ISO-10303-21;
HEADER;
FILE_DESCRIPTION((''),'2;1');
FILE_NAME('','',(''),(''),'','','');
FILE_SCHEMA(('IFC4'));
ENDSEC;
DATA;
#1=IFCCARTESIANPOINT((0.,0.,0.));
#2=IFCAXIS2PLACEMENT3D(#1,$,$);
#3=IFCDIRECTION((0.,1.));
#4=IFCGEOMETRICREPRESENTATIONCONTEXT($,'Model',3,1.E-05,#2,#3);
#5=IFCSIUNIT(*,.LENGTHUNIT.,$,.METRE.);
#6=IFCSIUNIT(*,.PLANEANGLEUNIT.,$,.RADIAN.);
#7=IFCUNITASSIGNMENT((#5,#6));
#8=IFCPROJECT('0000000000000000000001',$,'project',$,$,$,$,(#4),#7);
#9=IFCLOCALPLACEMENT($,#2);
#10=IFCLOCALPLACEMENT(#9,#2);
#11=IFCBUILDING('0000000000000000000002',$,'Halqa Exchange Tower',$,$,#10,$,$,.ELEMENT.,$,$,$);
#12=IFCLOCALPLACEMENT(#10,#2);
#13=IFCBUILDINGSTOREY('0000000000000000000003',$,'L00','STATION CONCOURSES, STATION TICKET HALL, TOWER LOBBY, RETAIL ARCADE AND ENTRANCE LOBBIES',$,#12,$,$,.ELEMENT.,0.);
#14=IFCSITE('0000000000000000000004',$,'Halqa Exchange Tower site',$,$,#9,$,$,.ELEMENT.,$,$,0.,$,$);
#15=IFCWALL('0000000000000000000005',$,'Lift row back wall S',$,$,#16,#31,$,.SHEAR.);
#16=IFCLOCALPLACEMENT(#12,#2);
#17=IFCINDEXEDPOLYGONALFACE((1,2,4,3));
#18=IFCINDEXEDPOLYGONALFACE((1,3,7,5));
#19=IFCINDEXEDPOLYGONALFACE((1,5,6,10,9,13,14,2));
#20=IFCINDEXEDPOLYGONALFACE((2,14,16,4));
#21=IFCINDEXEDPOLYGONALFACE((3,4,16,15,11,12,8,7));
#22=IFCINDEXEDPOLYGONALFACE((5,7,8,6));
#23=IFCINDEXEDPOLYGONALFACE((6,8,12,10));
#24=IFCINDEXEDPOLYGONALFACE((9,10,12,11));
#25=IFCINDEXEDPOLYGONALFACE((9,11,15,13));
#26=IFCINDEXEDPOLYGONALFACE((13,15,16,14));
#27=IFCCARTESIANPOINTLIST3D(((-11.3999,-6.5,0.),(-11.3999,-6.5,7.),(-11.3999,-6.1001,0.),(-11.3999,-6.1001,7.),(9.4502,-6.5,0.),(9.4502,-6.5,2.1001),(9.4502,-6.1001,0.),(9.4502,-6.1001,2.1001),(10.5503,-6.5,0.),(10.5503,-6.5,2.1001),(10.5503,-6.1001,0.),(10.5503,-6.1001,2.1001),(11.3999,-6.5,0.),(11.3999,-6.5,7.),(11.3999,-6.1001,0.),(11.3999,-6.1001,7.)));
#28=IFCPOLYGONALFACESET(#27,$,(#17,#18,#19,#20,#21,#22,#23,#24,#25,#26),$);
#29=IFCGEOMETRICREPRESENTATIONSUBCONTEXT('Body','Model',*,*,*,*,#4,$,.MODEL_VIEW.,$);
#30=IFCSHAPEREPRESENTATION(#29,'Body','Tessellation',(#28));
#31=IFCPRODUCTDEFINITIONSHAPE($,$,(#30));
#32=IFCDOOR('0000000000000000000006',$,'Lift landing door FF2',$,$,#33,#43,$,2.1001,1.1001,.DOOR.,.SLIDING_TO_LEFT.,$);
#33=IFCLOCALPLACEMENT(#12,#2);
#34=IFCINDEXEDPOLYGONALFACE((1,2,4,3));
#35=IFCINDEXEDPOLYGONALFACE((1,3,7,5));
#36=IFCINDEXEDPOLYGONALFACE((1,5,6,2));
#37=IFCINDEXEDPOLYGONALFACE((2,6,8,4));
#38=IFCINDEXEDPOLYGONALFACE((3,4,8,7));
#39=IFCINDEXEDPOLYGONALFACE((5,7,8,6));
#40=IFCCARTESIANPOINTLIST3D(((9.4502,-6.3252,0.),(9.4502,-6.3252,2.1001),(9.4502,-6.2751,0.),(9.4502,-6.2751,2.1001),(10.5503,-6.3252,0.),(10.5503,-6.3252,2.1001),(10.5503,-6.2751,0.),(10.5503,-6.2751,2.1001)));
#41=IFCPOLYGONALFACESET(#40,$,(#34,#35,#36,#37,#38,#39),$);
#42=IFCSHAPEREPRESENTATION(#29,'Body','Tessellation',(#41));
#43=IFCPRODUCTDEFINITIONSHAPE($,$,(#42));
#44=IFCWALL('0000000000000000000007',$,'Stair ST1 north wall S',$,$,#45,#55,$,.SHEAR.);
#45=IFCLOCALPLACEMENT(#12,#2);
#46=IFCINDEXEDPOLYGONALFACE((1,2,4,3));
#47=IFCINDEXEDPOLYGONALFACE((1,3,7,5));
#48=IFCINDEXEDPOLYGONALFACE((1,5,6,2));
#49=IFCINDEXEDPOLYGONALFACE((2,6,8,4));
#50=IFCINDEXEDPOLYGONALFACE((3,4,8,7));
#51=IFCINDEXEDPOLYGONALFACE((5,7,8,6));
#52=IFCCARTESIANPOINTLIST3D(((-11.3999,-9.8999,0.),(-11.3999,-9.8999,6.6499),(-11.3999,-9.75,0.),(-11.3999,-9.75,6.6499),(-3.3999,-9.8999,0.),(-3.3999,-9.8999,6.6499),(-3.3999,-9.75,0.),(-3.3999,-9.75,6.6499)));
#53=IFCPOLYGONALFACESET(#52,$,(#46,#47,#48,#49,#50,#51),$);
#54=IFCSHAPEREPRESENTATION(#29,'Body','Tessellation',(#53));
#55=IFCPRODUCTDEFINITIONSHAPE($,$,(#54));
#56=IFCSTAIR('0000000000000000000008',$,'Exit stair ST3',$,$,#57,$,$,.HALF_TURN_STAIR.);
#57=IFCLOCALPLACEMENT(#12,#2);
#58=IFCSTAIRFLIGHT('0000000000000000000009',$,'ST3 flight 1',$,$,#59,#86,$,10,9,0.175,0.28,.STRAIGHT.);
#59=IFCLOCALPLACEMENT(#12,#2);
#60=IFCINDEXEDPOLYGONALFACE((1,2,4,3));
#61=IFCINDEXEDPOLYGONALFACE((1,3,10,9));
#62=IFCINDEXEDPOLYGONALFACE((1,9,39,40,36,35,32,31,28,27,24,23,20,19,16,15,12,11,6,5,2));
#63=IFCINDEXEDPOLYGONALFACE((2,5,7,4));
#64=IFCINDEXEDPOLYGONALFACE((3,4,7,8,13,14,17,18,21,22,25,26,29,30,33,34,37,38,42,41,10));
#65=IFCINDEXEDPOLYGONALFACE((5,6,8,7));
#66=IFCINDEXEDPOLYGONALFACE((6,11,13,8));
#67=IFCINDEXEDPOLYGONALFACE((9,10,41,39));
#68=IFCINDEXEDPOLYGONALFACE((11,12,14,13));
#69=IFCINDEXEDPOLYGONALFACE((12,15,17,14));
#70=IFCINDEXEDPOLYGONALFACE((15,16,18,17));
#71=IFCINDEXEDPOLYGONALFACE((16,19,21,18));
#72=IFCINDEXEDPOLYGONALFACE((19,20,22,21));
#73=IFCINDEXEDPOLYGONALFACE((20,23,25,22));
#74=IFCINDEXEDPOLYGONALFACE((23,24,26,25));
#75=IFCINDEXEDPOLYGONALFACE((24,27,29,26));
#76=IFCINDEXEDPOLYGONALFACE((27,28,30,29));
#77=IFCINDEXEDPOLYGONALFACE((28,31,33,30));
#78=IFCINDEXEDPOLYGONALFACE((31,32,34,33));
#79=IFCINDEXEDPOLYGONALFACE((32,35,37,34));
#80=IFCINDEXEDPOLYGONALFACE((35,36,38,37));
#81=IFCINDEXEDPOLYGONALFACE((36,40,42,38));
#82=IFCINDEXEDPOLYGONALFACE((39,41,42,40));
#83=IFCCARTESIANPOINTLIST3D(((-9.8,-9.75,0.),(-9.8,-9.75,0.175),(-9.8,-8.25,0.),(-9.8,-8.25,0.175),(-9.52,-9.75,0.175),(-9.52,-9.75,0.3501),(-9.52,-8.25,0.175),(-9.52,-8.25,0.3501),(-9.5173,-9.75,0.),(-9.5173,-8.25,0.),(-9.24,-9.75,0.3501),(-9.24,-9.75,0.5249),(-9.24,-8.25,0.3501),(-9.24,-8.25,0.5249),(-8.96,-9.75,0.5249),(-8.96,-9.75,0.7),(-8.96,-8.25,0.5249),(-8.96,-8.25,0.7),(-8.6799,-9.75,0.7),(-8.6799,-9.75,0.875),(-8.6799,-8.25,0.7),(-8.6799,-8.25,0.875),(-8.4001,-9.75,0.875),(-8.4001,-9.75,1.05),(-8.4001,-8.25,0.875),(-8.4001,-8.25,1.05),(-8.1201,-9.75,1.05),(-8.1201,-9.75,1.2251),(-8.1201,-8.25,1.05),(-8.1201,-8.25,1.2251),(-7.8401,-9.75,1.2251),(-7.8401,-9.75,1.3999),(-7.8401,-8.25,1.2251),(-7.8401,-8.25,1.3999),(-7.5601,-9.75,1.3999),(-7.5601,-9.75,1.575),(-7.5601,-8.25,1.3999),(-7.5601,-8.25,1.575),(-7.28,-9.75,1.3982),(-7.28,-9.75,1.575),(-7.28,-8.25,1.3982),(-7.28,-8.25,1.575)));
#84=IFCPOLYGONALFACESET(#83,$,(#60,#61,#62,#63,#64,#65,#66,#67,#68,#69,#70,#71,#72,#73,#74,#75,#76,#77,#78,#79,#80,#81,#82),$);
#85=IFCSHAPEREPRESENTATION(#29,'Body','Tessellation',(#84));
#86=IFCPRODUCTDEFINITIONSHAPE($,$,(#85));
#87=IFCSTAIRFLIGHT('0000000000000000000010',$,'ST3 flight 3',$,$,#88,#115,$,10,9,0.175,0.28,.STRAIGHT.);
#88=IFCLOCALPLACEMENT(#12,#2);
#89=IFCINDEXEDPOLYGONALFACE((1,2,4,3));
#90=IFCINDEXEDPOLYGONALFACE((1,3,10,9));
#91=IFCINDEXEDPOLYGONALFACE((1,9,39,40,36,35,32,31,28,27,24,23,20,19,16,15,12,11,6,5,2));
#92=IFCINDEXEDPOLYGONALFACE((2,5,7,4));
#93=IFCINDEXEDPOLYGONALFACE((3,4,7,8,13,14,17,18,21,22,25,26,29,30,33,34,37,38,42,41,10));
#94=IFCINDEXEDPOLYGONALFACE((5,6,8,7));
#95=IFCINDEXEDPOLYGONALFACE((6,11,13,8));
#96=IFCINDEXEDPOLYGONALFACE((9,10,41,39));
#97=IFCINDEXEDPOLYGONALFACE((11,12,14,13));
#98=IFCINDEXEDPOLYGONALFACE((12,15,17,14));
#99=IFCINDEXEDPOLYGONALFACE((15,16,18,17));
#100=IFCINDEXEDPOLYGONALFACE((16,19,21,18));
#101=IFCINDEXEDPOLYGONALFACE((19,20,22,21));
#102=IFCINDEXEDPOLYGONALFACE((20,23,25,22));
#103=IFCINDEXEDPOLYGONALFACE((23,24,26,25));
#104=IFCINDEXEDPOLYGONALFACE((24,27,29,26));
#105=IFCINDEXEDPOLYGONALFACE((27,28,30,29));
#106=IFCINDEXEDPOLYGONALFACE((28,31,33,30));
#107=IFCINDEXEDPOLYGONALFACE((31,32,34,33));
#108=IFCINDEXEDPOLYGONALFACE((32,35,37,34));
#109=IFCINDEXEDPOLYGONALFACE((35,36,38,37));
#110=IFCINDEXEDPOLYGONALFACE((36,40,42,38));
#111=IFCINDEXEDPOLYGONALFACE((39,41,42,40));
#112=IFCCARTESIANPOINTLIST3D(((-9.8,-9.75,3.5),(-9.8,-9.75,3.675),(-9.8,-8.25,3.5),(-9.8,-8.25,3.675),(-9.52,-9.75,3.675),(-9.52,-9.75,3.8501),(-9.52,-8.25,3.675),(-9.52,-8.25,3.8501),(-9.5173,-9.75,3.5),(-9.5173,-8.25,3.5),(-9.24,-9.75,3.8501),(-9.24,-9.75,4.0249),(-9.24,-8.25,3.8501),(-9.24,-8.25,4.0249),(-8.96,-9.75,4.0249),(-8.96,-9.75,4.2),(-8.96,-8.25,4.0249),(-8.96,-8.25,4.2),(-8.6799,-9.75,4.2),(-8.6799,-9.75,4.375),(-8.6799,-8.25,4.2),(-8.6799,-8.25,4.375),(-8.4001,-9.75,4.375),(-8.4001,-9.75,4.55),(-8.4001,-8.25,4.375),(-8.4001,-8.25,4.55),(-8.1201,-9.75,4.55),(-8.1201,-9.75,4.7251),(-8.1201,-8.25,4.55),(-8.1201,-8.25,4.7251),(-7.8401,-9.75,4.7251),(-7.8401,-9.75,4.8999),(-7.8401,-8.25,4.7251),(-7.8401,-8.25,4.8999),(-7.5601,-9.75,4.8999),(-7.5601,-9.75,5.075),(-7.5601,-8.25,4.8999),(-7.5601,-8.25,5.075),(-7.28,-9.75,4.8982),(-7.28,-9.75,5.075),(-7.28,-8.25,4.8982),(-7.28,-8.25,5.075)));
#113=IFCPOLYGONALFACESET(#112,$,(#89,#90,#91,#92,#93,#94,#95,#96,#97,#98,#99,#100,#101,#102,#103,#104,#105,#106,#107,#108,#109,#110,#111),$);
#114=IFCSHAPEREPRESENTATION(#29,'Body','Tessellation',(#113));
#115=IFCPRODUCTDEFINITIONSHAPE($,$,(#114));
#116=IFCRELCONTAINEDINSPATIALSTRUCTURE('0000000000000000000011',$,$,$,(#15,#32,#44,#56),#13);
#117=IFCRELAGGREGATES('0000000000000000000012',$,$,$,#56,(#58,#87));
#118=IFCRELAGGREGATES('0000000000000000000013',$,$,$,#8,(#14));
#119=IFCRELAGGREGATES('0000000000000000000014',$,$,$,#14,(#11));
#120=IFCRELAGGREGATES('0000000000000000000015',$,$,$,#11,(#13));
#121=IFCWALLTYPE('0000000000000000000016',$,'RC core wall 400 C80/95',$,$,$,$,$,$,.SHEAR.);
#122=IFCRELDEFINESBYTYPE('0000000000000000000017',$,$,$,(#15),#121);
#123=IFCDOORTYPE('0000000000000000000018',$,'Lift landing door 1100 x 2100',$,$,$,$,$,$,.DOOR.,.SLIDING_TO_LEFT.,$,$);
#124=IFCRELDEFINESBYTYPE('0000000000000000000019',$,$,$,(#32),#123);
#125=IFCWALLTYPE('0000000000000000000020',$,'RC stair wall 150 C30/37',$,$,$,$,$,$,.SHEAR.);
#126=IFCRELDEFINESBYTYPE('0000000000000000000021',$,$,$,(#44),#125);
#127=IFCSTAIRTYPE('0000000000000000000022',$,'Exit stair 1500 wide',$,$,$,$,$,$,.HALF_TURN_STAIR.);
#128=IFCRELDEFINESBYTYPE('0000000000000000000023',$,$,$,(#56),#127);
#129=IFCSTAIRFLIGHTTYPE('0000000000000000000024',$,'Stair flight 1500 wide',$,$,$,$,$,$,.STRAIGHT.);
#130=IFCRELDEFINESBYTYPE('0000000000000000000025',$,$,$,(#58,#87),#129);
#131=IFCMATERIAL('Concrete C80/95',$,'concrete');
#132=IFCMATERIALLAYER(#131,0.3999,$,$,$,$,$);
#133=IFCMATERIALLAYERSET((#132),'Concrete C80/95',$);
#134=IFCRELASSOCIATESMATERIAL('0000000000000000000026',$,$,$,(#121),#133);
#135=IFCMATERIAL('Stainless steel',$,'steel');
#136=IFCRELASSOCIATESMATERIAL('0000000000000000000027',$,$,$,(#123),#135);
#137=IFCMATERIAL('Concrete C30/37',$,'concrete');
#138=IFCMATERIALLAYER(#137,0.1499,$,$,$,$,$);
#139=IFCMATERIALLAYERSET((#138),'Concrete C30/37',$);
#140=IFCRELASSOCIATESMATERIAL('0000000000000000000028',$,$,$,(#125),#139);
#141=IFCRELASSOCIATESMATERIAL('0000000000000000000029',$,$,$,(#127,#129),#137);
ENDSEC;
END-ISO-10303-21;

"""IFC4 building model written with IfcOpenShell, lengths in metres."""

from ifc_helpers import new_model, si_unit, direction, frame, frame_2d, origin, place, context, subcontext, project, spatial, polyline, rectangle, outline, extrude, material, layer, layer_set, type_object, element, fill, aggregate, save


model = new_model("IFC4")

# Units and contexts
model_context = context("Model", 3, precision=1e-05, world=origin(), true_north=direction((0.0, 1.0)))
body_context = subcontext(model_context, "Body", "Model", "MODEL_VIEW")
ifc_project = project(units=[si_unit("LENGTHUNIT", "METRE"), si_unit("PLANEANGLEUNIT", "RADIAN")], contexts=[model_context])

# Site, building, storey
site_placement = place(None, origin())
site = spatial("IfcSite", under=ifc_project, at=site_placement, Name="Halqa Exchange Tower site", CompositionType="ELEMENT", RefElevation=0.0)
building_placement = place(site_placement, origin())
building = spatial("IfcBuilding", under=site, at=building_placement, Name="Halqa Exchange Tower", CompositionType="ELEMENT")
storey_placement = place(building_placement, origin())
storey = spatial("IfcBuildingStorey", under=building, at=storey_placement, Name="L00", Description="STATION CONCOURSES, STATION TICKET HALL, TOWER LOBBY, RETAIL ARCADE AND ENTRANCE LOBBIES", CompositionType="ELEMENT", Elevation=0.0)

# Shared definitions
ifc_material_1 = material(Name="Concrete C30/37", Category="concrete")

# Shared definitions
ifc_material_2 = material(Name="Concrete C80/95", Category="concrete")
ifc_layer_1 = layer(ifc_material_2, 0.3999)
ifc_layer_set_1 = layer_set([ifc_layer_1], Name="Concrete C80/95")
wall_type_1 = type_object("IfcWallType", Name="RC core wall 400 C80/95", PredefinedType="SHEAR", material=ifc_layer_set_1)
ifc_material_3 = material(Name="Stainless steel", Category="steel")
door_type_1 = type_object("IfcDoorType", Name="Lift landing door 1100 x 2100", OperationType="SLIDING_TO_LEFT", PredefinedType="DOOR", material=ifc_material_3)

# Wall, opening, door
wall_1_placement = place(storey_placement, frame((-11.3999, -6.3, 0.0), z_axis=(0.0, 0.0, 1.0), x_axis=(1.0, 0.0, 0.0)))
wall_1 = element("IfcWall", 1, at=wall_1_placement, inside=storey, type_object=wall_type_1, Name="Lift row back wall S", PredefinedType="SHEAR", context=body_context, shape_type="SweptSolid", body=[
    extrude(rectangle(XDim=22.7998, YDim=0.3999, at=frame_2d((11.3999, 0.0))), origin(), (0.0, 0.0, 1.0), 7.0),
])
opening_1_placement = place(wall_1_placement, frame((20.8501, 0.0, 0.0)))
opening_1 = element("IfcOpeningElement", 2, at=opening_1_placement, cuts=wall_1, PredefinedType="OPENING", context=body_context, shape_type="SweptSolid", body=[
    extrude(rectangle(XDim=1.1001, YDim=2.1001, at=frame_2d((0.55, 1.05))), frame((0.0, 0.2119, 0.0), z_axis=(0.0, -1.0, 0.0), x_axis=(1.0, 0.0, 0.0)), (0.0, 0.0, 1.0), 0.4238),
])
door_1_placement = place(opening_1_placement, origin())
door_1 = element("IfcDoor", 3, at=door_1_placement, inside=storey, type_object=door_type_1, Name="Lift landing door FF2", OperationType="SLIDING_TO_LEFT", OverallHeight=2.1001, OverallWidth=1.1001, PredefinedType="DOOR", context=body_context, shape_type="SweptSolid", body=[
    extrude(rectangle(XDim=1.1001, YDim=2.1001, at=frame_2d((0.55, 1.05))), frame((0.0, 0.0249, 0.0), z_axis=(0.0, -1.0, 0.0), x_axis=(1.0, 0.0, 0.0)), (0.0, 0.0, 1.0), 0.05),
])
fill(opening_1, door_1)

# Wall
ifc_layer_2 = layer(ifc_material_1, 0.1499)
ifc_layer_set_2 = layer_set([ifc_layer_2], Name="Concrete C30/37")
wall_type_2 = type_object("IfcWallType", Name="RC stair wall 150 C30/37", PredefinedType="SHEAR", material=ifc_layer_set_2)
wall_2_placement = place(storey_placement, frame((-11.3999, -9.825, 0.0), z_axis=(0.0, 0.0, 1.0), x_axis=(1.0, 0.0, 0.0)))
element("IfcWall", 4, at=wall_2_placement, inside=storey, type_object=wall_type_2, Name="Stair ST1 north wall S", PredefinedType="SHEAR", context=body_context, shape_type="SweptSolid", body=[
    extrude(rectangle(XDim=8.0, YDim=0.1499, at=frame_2d((4.0, 0.0))), origin(), (0.0, 0.0, 1.0), 6.6499),
])

# Stair, stair flights
stair_type = type_object("IfcStairType", Name="Exit stair 1500 wide", PredefinedType="HALF_TURN_STAIR", material=ifc_material_1)
stair_placement = place(storey_placement, origin())
stair = element("IfcStair", 5, at=stair_placement, inside=storey, type_object=stair_type, Name="Exit stair ST3", PredefinedType="HALF_TURN_STAIR")
stair_flight_type = type_object("IfcStairFlightType", Name="Stair flight 1500 wide", PredefinedType="STRAIGHT", material=ifc_material_1)
stair_flight_1_placement = place(storey_placement, frame((-9.8, -9.0, 0.0), z_axis=(0.0, 0.0, 1.0), x_axis=(1.0, 0.0, 0.0)))
stair_flight_1 = element("IfcStairFlight", 6, at=stair_flight_1_placement, type_object=stair_flight_type, Name="ST3 flight 1", NumberOfRisers=10, NumberOfTreads=9, PredefinedType="STRAIGHT", RiserHeight=0.175, TreadLength=0.28, context=body_context, shape_type="SweptSolid", body=[
    extrude(outline(polyline([(0.0, 0.0), (0.0, 0.175), (0.28, 0.175), (0.28, 0.3501), (0.5601, 0.3501), (0.5601, 0.5249), (0.8401, 0.5249), (0.8401, 0.7), (1.1201, 0.7), (1.1201, 0.875), (1.3999, 0.875), (1.3999, 1.05), (1.6799, 1.05), (1.6799, 1.2251), (1.96, 1.2251), (1.96, 1.3999), (2.24, 1.3999), (2.24, 1.575), (2.52, 1.575), (2.52, 1.75), (2.52, 1.3982), (0.2827, 0.0), (0.0, 0.0)])), frame((0.0, 0.75, 0.0), z_axis=(0.0, -1.0, 0.0), x_axis=(1.0, 0.0, 0.0)), (0.0, 0.0, 1.0), 1.5),
])
stair_flight_2_placement = place(storey_placement, frame((-9.8, -9.0, 3.5), z_axis=(0.0, 0.0, 1.0), x_axis=(1.0, 0.0, 0.0)))
stair_flight_2 = element("IfcStairFlight", 7, at=stair_flight_2_placement, type_object=stair_flight_type, Name="ST3 flight 3", NumberOfRisers=10, NumberOfTreads=9, PredefinedType="STRAIGHT", RiserHeight=0.175, TreadLength=0.28, context=body_context, shape_type="SweptSolid", body=[
    extrude(outline(polyline([(0.0, 0.0), (0.0, 0.175), (0.28, 0.175), (0.28, 0.3501), (0.5601, 0.3501), (0.5601, 0.5249), (0.8401, 0.5249), (0.8401, 0.7), (1.1201, 0.7), (1.1201, 0.875), (1.3999, 0.875), (1.3999, 1.05), (1.6799, 1.05), (1.6799, 1.2251), (1.96, 1.2251), (1.96, 1.3999), (2.24, 1.3999), (2.24, 1.575), (2.52, 1.575), (2.52, 1.75), (2.52, 1.3982), (0.2827, 0.0), (0.0, 0.0)])), frame((0.0, 0.75, 0.0), z_axis=(0.0, -1.0, 0.0), x_axis=(1.0, 0.0, 0.0)), (0.0, 0.0, 1.0), 1.5),
])
aggregate(stair, [stair_flight_1, stair_flight_2])

save(model, "model.ifc")
